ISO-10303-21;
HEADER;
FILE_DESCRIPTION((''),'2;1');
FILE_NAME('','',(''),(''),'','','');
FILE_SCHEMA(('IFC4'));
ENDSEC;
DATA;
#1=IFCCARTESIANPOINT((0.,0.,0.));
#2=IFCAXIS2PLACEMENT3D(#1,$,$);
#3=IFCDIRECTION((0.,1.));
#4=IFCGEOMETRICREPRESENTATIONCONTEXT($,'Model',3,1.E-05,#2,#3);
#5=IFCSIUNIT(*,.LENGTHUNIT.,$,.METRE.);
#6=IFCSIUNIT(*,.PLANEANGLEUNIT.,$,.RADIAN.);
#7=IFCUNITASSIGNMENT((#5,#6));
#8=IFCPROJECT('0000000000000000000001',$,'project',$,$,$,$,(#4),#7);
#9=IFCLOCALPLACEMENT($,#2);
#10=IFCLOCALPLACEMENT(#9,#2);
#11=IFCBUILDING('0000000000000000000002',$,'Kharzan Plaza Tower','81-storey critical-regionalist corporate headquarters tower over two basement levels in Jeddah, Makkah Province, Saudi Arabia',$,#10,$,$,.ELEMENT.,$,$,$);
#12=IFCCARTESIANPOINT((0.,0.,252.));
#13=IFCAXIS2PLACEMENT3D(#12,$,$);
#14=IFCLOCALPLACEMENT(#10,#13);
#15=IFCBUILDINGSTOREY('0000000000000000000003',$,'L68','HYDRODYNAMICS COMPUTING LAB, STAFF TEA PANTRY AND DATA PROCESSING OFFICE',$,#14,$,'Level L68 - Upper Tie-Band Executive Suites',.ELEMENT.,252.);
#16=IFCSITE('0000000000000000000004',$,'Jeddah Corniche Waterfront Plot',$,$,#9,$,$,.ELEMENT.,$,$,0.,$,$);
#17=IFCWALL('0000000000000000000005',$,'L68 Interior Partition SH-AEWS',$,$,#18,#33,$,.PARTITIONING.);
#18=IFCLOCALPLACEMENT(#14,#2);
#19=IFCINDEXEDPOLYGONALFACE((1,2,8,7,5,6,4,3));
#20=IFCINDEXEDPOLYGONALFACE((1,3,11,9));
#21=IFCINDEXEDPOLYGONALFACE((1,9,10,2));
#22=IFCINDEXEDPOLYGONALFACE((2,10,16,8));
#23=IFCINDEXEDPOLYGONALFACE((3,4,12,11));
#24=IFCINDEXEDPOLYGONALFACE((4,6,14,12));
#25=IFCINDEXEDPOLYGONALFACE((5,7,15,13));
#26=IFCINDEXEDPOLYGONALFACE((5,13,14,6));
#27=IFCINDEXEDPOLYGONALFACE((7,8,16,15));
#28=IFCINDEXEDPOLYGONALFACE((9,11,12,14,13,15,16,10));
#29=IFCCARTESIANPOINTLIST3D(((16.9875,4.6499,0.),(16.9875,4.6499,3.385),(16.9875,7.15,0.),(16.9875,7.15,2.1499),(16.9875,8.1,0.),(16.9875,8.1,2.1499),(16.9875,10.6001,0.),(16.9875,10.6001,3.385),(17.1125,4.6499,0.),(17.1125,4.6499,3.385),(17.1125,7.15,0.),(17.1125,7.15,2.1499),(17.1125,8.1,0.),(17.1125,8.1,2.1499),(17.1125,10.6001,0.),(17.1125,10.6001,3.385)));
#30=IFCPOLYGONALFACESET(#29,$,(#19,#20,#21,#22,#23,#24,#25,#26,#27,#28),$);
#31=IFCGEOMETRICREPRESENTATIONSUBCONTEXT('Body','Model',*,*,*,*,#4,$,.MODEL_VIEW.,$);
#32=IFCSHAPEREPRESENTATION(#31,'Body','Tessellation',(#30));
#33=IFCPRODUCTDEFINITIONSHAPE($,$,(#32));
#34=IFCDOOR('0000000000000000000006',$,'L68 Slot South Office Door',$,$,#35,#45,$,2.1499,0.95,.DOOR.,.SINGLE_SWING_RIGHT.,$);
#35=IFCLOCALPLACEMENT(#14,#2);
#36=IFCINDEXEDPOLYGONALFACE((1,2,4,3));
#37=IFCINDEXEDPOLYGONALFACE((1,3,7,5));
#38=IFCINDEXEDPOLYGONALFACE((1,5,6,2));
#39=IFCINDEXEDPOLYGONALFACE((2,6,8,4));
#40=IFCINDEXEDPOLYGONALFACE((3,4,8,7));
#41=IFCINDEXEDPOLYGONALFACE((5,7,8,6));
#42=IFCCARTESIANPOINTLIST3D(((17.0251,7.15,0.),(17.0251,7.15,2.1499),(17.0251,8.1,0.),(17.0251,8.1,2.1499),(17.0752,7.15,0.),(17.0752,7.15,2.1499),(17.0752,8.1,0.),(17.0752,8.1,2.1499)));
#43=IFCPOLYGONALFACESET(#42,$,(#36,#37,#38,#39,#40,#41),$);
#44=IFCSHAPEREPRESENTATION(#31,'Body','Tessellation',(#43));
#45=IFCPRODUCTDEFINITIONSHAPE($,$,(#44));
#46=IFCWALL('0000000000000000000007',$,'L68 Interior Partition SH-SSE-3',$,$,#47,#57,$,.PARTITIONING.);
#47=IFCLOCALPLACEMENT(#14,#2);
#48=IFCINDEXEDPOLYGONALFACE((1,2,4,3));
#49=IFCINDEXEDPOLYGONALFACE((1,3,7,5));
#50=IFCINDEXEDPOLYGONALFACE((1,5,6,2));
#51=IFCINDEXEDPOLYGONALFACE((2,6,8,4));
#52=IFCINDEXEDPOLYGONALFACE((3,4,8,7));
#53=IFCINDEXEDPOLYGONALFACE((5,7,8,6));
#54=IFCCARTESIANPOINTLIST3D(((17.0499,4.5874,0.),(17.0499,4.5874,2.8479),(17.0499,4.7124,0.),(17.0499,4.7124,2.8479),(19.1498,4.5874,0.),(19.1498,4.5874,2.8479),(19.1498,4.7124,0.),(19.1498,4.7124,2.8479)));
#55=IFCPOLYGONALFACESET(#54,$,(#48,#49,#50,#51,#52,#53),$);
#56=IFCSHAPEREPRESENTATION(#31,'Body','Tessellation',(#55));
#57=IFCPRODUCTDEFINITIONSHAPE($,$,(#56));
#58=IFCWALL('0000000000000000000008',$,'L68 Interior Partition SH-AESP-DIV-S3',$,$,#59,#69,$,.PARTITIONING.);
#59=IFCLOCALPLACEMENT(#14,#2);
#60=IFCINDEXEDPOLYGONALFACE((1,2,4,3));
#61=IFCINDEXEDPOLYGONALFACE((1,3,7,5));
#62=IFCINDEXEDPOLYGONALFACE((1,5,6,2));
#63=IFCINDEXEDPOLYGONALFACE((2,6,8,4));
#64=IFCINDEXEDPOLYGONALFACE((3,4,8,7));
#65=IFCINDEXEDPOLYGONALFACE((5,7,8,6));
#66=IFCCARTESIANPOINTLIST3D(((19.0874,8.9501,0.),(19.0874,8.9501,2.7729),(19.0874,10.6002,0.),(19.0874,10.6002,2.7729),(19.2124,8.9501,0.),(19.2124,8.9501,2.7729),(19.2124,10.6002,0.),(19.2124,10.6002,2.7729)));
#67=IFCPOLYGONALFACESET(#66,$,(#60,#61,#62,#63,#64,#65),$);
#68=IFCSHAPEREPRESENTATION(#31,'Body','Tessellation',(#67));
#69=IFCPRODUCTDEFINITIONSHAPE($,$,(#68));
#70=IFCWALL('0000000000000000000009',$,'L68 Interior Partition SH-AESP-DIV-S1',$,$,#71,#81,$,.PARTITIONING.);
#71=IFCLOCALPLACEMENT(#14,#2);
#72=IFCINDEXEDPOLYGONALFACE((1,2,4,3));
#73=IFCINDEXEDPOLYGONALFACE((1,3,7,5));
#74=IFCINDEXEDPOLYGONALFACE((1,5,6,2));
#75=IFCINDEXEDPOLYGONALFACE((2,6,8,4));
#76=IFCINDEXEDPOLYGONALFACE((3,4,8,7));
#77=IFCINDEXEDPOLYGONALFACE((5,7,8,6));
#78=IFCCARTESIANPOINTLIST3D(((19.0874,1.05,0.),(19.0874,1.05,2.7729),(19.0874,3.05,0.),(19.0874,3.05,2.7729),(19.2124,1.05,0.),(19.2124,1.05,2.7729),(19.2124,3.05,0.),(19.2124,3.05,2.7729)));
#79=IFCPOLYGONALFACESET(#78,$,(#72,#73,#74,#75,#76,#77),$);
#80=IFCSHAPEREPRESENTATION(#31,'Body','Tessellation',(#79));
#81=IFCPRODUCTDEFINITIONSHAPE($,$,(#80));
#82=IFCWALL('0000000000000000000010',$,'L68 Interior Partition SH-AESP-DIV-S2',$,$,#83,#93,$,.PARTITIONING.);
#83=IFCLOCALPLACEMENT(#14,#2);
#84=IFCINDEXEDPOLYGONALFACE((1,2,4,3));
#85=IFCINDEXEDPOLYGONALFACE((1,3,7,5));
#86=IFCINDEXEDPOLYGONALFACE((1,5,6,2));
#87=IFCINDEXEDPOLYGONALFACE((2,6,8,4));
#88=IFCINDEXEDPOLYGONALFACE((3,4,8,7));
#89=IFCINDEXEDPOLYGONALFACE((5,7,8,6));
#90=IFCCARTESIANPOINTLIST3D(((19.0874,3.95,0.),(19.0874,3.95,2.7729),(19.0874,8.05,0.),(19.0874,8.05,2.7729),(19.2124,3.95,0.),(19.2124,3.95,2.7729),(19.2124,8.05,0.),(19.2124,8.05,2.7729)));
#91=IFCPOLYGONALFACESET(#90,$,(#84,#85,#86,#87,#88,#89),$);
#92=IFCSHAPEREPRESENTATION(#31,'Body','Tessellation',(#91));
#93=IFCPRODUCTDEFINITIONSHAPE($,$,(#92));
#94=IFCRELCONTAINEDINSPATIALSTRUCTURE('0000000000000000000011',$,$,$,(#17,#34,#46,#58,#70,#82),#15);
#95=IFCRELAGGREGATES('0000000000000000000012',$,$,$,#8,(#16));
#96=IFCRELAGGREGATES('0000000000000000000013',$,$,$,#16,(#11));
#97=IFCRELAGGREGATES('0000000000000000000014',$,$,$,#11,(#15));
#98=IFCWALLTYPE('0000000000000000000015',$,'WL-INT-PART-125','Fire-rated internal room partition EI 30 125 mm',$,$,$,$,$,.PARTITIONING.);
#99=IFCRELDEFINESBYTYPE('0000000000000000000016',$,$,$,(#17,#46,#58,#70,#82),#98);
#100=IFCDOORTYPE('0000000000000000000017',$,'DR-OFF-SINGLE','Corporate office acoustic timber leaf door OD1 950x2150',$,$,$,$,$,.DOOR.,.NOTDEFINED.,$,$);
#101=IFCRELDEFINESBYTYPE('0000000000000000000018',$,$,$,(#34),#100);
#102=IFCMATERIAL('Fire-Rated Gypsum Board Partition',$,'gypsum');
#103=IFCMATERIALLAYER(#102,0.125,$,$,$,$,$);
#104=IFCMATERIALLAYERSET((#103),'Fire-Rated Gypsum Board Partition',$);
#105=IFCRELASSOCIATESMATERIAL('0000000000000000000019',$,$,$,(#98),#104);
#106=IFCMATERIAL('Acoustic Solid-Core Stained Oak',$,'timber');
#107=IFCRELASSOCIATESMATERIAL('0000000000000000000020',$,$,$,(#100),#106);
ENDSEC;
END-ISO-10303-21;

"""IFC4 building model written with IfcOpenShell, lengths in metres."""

from ifc_helpers import new_model, si_unit, direction, frame, frame_2d, origin, place, context, subcontext, project, spatial, rectangle, extrude, source, transform, mapped, material, layer, layer_set, type_object, element, fill, save


model = new_model("IFC4")

# Units and contexts
model_context = context("Model", 3, precision=1e-05, world=origin(), true_north=direction((0.0, 1.0)))
body_context = subcontext(model_context, "Body", "Model", "MODEL_VIEW")
ifc_project = project(units=[si_unit("LENGTHUNIT", "METRE"), si_unit("PLANEANGLEUNIT", "RADIAN")], contexts=[model_context])

# Site, building, storey
site_placement = place(None, origin())
site = spatial("IfcSite", under=ifc_project, at=site_placement, Name="Jeddah Corniche Waterfront Plot", CompositionType="ELEMENT", RefElevation=0.0)
building_placement = place(site_placement, origin())
building = spatial("IfcBuilding", under=site, at=building_placement, Name="Kharzan Plaza Tower", Description="81-storey critical-regionalist corporate headquarters tower over two basement levels in Jeddah, Makkah Province, Saudi Arabia", CompositionType="ELEMENT")
storey_placement = place(building_placement, frame((0.0, 0.0, 252.0)))
storey = spatial("IfcBuildingStorey", under=building, at=storey_placement, Name="L68", Description="HYDRODYNAMICS COMPUTING LAB, STAFF TEA PANTRY AND DATA PROCESSING OFFICE", LongName="Level L68 - Upper Tie-Band Executive Suites", CompositionType="ELEMENT", Elevation=252.0)

# Wall, opening, door
ifc_material_1 = material(Name="Fire-Rated Gypsum Board Partition", Category="gypsum")
ifc_layer_1 = layer(ifc_material_1, 0.125)
ifc_layer_set_1 = layer_set([ifc_layer_1], Name="Fire-Rated Gypsum Board Partition")
wall_type_1 = type_object("IfcWallType", Name="WL-INT-PART-125", Description="Fire-rated internal room partition EI 30 125 mm", PredefinedType="PARTITIONING", material=ifc_layer_set_1)
wall_1_placement = place(storey_placement, frame((17.05, 4.6499, 0.0), z_axis=(0.0, 0.0, 1.0), x_axis=(0.0, 1.0, 0.0)))
wall_1 = element("IfcWall", 1, at=wall_1_placement, inside=storey, type_object=wall_type_1, Name="L68 Interior Partition SH-AEWS", PredefinedType="PARTITIONING", context=body_context, shape_type="SweptSolid", body=[
    extrude(rectangle(XDim=5.9502, YDim=0.125, at=frame_2d((2.9751, 0.0))), origin(), (0.0, 0.0, 1.0), 3.385),
])
opening_1_placement = place(wall_1_placement, frame((2.5, 0.0, 0.0)))
opening_1 = element("IfcOpeningElement", 2, at=opening_1_placement, cuts=wall_1, PredefinedType="OPENING", context=body_context, shape_type="SweptSolid", body=[
    extrude(rectangle(XDim=0.95, YDim=2.1499, at=frame_2d((0.4751, 1.075))), frame((0.0, 0.0725, 0.0), z_axis=(0.0, -1.0, 0.0), x_axis=(1.0, 0.0, 0.0)), (0.0, 0.0, 1.0), 0.145),
])
ifc_material_2 = material(Name="Acoustic Solid-Core Stained Oak", Category="timber")
door_type = type_object("IfcDoorType", Name="DR-OFF-SINGLE", Description="Corporate office acoustic timber leaf door OD1 950x2150", OperationType="NOTDEFINED", PredefinedType="DOOR", material=ifc_material_2)
shared_shape_1 = source(origin(), body_context, "Body", "SweptSolid", [
    extrude(rectangle(XDim=0.95, YDim=2.1499, at=frame_2d((0.4751, 1.075))), frame((0.0, 0.0249, 0.0), z_axis=(0.0, -1.0, 0.0), x_axis=(1.0, 0.0, 0.0)), (0.0, 0.0, 1.0), 0.05),
])
door_placement = place(opening_1_placement, origin())
door = element("IfcDoor", 3, at=door_placement, inside=storey, type_object=door_type, Name="L68 Slot South Office Door", OperationType="SINGLE_SWING_RIGHT", OverallHeight=2.1499, OverallWidth=0.95, PredefinedType="DOOR", context=body_context, shape_type="MappedRepresentation", body=[
    mapped(shared_shape_1, transform((0.0, 0.0, 0.0), x_axis=(1.0, 0.0, 0.0), y_axis=(0.0, 1.0, 0.0), z_axis=(0.0, 0.0, 1.0))),
])
fill(opening_1, door)

# Walls
shared_shape_2 = source(origin(), body_context, "Body", "SweptSolid", [
    extrude(rectangle(XDim=2.0999, YDim=0.125, at=frame_2d((1.0498, 0.0))), origin(), (0.0, 0.0, 1.0), 2.8479),
])
wall_2_placement = place(storey_placement, frame((17.05, 4.6499, 0.0), z_axis=(0.0, 0.0, 1.0), x_axis=(1.0, 0.0, 0.0)))
element("IfcWall", 4, at=wall_2_placement, inside=storey, type_object=wall_type_1, Name="L68 Interior Partition SH-SSE-3", PredefinedType="PARTITIONING", context=body_context, shape_type="MappedRepresentation", body=[
    mapped(shared_shape_2, transform((0.0, 0.0, 0.0), x_axis=(1.0, 0.0, 0.0), y_axis=(0.0, 1.0, 0.0), z_axis=(0.0, 0.0, 1.0))),
])
shared_shape_3 = source(origin(), body_context, "Body", "SweptSolid", [
    extrude(rectangle(XDim=1.6501, YDim=0.125, at=frame_2d((0.8252, 0.0))), origin(), (0.0, 0.0, 1.0), 2.7729),
])
wall_3_placement = place(storey_placement, frame((19.1499, 8.95, 0.0), z_axis=(0.0, 0.0, 1.0), x_axis=(0.0, 1.0, 0.0)))
element("IfcWall", 5, at=wall_3_placement, inside=storey, type_object=wall_type_1, Name="L68 Interior Partition SH-AESP-DIV-S3", PredefinedType="PARTITIONING", context=body_context, shape_type="MappedRepresentation", body=[
    mapped(shared_shape_3, transform((0.0, 0.0, 0.0), x_axis=(1.0, 0.0, 0.0), y_axis=(0.0, 1.0, 0.0), z_axis=(0.0, 0.0, 1.0))),
])
shared_shape_4 = source(origin(), body_context, "Body", "SweptSolid", [
    extrude(rectangle(XDim=2.0, YDim=0.125, at=frame_2d((1.0, 0.0))), origin(), (0.0, 0.0, 1.0), 2.7729),
])
wall_4_placement = place(storey_placement, frame((19.1499, 1.05, 0.0), z_axis=(0.0, 0.0, 1.0), x_axis=(0.0, 1.0, 0.0)))
element("IfcWall", 6, at=wall_4_placement, inside=storey, type_object=wall_type_1, Name="L68 Interior Partition SH-AESP-DIV-S1", PredefinedType="PARTITIONING", context=body_context, shape_type="MappedRepresentation", body=[
    mapped(shared_shape_4, transform((0.0, 0.0, 0.0), x_axis=(1.0, 0.0, 0.0), y_axis=(0.0, 1.0, 0.0), z_axis=(0.0, 0.0, 1.0))),
])
shared_shape_5 = source(origin(), body_context, "Body", "SweptSolid", [
    extrude(rectangle(XDim=4.1001, YDim=0.125, at=frame_2d((2.05, 0.0))), origin(), (0.0, 0.0, 1.0), 2.7729),
])
wall_5_placement = place(storey_placement, frame((19.1499, 3.95, 0.0), z_axis=(0.0, 0.0, 1.0), x_axis=(0.0, 1.0, 0.0)))
element("IfcWall", 7, at=wall_5_placement, inside=storey, type_object=wall_type_1, Name="L68 Interior Partition SH-AESP-DIV-S2", PredefinedType="PARTITIONING", context=body_context, shape_type="MappedRepresentation", body=[
    mapped(shared_shape_5, transform((0.0, 0.0, 0.0), x_axis=(1.0, 0.0, 0.0), y_axis=(0.0, 1.0, 0.0), z_axis=(0.0, 0.0, 1.0))),
])

save(model, "model.ifc")
